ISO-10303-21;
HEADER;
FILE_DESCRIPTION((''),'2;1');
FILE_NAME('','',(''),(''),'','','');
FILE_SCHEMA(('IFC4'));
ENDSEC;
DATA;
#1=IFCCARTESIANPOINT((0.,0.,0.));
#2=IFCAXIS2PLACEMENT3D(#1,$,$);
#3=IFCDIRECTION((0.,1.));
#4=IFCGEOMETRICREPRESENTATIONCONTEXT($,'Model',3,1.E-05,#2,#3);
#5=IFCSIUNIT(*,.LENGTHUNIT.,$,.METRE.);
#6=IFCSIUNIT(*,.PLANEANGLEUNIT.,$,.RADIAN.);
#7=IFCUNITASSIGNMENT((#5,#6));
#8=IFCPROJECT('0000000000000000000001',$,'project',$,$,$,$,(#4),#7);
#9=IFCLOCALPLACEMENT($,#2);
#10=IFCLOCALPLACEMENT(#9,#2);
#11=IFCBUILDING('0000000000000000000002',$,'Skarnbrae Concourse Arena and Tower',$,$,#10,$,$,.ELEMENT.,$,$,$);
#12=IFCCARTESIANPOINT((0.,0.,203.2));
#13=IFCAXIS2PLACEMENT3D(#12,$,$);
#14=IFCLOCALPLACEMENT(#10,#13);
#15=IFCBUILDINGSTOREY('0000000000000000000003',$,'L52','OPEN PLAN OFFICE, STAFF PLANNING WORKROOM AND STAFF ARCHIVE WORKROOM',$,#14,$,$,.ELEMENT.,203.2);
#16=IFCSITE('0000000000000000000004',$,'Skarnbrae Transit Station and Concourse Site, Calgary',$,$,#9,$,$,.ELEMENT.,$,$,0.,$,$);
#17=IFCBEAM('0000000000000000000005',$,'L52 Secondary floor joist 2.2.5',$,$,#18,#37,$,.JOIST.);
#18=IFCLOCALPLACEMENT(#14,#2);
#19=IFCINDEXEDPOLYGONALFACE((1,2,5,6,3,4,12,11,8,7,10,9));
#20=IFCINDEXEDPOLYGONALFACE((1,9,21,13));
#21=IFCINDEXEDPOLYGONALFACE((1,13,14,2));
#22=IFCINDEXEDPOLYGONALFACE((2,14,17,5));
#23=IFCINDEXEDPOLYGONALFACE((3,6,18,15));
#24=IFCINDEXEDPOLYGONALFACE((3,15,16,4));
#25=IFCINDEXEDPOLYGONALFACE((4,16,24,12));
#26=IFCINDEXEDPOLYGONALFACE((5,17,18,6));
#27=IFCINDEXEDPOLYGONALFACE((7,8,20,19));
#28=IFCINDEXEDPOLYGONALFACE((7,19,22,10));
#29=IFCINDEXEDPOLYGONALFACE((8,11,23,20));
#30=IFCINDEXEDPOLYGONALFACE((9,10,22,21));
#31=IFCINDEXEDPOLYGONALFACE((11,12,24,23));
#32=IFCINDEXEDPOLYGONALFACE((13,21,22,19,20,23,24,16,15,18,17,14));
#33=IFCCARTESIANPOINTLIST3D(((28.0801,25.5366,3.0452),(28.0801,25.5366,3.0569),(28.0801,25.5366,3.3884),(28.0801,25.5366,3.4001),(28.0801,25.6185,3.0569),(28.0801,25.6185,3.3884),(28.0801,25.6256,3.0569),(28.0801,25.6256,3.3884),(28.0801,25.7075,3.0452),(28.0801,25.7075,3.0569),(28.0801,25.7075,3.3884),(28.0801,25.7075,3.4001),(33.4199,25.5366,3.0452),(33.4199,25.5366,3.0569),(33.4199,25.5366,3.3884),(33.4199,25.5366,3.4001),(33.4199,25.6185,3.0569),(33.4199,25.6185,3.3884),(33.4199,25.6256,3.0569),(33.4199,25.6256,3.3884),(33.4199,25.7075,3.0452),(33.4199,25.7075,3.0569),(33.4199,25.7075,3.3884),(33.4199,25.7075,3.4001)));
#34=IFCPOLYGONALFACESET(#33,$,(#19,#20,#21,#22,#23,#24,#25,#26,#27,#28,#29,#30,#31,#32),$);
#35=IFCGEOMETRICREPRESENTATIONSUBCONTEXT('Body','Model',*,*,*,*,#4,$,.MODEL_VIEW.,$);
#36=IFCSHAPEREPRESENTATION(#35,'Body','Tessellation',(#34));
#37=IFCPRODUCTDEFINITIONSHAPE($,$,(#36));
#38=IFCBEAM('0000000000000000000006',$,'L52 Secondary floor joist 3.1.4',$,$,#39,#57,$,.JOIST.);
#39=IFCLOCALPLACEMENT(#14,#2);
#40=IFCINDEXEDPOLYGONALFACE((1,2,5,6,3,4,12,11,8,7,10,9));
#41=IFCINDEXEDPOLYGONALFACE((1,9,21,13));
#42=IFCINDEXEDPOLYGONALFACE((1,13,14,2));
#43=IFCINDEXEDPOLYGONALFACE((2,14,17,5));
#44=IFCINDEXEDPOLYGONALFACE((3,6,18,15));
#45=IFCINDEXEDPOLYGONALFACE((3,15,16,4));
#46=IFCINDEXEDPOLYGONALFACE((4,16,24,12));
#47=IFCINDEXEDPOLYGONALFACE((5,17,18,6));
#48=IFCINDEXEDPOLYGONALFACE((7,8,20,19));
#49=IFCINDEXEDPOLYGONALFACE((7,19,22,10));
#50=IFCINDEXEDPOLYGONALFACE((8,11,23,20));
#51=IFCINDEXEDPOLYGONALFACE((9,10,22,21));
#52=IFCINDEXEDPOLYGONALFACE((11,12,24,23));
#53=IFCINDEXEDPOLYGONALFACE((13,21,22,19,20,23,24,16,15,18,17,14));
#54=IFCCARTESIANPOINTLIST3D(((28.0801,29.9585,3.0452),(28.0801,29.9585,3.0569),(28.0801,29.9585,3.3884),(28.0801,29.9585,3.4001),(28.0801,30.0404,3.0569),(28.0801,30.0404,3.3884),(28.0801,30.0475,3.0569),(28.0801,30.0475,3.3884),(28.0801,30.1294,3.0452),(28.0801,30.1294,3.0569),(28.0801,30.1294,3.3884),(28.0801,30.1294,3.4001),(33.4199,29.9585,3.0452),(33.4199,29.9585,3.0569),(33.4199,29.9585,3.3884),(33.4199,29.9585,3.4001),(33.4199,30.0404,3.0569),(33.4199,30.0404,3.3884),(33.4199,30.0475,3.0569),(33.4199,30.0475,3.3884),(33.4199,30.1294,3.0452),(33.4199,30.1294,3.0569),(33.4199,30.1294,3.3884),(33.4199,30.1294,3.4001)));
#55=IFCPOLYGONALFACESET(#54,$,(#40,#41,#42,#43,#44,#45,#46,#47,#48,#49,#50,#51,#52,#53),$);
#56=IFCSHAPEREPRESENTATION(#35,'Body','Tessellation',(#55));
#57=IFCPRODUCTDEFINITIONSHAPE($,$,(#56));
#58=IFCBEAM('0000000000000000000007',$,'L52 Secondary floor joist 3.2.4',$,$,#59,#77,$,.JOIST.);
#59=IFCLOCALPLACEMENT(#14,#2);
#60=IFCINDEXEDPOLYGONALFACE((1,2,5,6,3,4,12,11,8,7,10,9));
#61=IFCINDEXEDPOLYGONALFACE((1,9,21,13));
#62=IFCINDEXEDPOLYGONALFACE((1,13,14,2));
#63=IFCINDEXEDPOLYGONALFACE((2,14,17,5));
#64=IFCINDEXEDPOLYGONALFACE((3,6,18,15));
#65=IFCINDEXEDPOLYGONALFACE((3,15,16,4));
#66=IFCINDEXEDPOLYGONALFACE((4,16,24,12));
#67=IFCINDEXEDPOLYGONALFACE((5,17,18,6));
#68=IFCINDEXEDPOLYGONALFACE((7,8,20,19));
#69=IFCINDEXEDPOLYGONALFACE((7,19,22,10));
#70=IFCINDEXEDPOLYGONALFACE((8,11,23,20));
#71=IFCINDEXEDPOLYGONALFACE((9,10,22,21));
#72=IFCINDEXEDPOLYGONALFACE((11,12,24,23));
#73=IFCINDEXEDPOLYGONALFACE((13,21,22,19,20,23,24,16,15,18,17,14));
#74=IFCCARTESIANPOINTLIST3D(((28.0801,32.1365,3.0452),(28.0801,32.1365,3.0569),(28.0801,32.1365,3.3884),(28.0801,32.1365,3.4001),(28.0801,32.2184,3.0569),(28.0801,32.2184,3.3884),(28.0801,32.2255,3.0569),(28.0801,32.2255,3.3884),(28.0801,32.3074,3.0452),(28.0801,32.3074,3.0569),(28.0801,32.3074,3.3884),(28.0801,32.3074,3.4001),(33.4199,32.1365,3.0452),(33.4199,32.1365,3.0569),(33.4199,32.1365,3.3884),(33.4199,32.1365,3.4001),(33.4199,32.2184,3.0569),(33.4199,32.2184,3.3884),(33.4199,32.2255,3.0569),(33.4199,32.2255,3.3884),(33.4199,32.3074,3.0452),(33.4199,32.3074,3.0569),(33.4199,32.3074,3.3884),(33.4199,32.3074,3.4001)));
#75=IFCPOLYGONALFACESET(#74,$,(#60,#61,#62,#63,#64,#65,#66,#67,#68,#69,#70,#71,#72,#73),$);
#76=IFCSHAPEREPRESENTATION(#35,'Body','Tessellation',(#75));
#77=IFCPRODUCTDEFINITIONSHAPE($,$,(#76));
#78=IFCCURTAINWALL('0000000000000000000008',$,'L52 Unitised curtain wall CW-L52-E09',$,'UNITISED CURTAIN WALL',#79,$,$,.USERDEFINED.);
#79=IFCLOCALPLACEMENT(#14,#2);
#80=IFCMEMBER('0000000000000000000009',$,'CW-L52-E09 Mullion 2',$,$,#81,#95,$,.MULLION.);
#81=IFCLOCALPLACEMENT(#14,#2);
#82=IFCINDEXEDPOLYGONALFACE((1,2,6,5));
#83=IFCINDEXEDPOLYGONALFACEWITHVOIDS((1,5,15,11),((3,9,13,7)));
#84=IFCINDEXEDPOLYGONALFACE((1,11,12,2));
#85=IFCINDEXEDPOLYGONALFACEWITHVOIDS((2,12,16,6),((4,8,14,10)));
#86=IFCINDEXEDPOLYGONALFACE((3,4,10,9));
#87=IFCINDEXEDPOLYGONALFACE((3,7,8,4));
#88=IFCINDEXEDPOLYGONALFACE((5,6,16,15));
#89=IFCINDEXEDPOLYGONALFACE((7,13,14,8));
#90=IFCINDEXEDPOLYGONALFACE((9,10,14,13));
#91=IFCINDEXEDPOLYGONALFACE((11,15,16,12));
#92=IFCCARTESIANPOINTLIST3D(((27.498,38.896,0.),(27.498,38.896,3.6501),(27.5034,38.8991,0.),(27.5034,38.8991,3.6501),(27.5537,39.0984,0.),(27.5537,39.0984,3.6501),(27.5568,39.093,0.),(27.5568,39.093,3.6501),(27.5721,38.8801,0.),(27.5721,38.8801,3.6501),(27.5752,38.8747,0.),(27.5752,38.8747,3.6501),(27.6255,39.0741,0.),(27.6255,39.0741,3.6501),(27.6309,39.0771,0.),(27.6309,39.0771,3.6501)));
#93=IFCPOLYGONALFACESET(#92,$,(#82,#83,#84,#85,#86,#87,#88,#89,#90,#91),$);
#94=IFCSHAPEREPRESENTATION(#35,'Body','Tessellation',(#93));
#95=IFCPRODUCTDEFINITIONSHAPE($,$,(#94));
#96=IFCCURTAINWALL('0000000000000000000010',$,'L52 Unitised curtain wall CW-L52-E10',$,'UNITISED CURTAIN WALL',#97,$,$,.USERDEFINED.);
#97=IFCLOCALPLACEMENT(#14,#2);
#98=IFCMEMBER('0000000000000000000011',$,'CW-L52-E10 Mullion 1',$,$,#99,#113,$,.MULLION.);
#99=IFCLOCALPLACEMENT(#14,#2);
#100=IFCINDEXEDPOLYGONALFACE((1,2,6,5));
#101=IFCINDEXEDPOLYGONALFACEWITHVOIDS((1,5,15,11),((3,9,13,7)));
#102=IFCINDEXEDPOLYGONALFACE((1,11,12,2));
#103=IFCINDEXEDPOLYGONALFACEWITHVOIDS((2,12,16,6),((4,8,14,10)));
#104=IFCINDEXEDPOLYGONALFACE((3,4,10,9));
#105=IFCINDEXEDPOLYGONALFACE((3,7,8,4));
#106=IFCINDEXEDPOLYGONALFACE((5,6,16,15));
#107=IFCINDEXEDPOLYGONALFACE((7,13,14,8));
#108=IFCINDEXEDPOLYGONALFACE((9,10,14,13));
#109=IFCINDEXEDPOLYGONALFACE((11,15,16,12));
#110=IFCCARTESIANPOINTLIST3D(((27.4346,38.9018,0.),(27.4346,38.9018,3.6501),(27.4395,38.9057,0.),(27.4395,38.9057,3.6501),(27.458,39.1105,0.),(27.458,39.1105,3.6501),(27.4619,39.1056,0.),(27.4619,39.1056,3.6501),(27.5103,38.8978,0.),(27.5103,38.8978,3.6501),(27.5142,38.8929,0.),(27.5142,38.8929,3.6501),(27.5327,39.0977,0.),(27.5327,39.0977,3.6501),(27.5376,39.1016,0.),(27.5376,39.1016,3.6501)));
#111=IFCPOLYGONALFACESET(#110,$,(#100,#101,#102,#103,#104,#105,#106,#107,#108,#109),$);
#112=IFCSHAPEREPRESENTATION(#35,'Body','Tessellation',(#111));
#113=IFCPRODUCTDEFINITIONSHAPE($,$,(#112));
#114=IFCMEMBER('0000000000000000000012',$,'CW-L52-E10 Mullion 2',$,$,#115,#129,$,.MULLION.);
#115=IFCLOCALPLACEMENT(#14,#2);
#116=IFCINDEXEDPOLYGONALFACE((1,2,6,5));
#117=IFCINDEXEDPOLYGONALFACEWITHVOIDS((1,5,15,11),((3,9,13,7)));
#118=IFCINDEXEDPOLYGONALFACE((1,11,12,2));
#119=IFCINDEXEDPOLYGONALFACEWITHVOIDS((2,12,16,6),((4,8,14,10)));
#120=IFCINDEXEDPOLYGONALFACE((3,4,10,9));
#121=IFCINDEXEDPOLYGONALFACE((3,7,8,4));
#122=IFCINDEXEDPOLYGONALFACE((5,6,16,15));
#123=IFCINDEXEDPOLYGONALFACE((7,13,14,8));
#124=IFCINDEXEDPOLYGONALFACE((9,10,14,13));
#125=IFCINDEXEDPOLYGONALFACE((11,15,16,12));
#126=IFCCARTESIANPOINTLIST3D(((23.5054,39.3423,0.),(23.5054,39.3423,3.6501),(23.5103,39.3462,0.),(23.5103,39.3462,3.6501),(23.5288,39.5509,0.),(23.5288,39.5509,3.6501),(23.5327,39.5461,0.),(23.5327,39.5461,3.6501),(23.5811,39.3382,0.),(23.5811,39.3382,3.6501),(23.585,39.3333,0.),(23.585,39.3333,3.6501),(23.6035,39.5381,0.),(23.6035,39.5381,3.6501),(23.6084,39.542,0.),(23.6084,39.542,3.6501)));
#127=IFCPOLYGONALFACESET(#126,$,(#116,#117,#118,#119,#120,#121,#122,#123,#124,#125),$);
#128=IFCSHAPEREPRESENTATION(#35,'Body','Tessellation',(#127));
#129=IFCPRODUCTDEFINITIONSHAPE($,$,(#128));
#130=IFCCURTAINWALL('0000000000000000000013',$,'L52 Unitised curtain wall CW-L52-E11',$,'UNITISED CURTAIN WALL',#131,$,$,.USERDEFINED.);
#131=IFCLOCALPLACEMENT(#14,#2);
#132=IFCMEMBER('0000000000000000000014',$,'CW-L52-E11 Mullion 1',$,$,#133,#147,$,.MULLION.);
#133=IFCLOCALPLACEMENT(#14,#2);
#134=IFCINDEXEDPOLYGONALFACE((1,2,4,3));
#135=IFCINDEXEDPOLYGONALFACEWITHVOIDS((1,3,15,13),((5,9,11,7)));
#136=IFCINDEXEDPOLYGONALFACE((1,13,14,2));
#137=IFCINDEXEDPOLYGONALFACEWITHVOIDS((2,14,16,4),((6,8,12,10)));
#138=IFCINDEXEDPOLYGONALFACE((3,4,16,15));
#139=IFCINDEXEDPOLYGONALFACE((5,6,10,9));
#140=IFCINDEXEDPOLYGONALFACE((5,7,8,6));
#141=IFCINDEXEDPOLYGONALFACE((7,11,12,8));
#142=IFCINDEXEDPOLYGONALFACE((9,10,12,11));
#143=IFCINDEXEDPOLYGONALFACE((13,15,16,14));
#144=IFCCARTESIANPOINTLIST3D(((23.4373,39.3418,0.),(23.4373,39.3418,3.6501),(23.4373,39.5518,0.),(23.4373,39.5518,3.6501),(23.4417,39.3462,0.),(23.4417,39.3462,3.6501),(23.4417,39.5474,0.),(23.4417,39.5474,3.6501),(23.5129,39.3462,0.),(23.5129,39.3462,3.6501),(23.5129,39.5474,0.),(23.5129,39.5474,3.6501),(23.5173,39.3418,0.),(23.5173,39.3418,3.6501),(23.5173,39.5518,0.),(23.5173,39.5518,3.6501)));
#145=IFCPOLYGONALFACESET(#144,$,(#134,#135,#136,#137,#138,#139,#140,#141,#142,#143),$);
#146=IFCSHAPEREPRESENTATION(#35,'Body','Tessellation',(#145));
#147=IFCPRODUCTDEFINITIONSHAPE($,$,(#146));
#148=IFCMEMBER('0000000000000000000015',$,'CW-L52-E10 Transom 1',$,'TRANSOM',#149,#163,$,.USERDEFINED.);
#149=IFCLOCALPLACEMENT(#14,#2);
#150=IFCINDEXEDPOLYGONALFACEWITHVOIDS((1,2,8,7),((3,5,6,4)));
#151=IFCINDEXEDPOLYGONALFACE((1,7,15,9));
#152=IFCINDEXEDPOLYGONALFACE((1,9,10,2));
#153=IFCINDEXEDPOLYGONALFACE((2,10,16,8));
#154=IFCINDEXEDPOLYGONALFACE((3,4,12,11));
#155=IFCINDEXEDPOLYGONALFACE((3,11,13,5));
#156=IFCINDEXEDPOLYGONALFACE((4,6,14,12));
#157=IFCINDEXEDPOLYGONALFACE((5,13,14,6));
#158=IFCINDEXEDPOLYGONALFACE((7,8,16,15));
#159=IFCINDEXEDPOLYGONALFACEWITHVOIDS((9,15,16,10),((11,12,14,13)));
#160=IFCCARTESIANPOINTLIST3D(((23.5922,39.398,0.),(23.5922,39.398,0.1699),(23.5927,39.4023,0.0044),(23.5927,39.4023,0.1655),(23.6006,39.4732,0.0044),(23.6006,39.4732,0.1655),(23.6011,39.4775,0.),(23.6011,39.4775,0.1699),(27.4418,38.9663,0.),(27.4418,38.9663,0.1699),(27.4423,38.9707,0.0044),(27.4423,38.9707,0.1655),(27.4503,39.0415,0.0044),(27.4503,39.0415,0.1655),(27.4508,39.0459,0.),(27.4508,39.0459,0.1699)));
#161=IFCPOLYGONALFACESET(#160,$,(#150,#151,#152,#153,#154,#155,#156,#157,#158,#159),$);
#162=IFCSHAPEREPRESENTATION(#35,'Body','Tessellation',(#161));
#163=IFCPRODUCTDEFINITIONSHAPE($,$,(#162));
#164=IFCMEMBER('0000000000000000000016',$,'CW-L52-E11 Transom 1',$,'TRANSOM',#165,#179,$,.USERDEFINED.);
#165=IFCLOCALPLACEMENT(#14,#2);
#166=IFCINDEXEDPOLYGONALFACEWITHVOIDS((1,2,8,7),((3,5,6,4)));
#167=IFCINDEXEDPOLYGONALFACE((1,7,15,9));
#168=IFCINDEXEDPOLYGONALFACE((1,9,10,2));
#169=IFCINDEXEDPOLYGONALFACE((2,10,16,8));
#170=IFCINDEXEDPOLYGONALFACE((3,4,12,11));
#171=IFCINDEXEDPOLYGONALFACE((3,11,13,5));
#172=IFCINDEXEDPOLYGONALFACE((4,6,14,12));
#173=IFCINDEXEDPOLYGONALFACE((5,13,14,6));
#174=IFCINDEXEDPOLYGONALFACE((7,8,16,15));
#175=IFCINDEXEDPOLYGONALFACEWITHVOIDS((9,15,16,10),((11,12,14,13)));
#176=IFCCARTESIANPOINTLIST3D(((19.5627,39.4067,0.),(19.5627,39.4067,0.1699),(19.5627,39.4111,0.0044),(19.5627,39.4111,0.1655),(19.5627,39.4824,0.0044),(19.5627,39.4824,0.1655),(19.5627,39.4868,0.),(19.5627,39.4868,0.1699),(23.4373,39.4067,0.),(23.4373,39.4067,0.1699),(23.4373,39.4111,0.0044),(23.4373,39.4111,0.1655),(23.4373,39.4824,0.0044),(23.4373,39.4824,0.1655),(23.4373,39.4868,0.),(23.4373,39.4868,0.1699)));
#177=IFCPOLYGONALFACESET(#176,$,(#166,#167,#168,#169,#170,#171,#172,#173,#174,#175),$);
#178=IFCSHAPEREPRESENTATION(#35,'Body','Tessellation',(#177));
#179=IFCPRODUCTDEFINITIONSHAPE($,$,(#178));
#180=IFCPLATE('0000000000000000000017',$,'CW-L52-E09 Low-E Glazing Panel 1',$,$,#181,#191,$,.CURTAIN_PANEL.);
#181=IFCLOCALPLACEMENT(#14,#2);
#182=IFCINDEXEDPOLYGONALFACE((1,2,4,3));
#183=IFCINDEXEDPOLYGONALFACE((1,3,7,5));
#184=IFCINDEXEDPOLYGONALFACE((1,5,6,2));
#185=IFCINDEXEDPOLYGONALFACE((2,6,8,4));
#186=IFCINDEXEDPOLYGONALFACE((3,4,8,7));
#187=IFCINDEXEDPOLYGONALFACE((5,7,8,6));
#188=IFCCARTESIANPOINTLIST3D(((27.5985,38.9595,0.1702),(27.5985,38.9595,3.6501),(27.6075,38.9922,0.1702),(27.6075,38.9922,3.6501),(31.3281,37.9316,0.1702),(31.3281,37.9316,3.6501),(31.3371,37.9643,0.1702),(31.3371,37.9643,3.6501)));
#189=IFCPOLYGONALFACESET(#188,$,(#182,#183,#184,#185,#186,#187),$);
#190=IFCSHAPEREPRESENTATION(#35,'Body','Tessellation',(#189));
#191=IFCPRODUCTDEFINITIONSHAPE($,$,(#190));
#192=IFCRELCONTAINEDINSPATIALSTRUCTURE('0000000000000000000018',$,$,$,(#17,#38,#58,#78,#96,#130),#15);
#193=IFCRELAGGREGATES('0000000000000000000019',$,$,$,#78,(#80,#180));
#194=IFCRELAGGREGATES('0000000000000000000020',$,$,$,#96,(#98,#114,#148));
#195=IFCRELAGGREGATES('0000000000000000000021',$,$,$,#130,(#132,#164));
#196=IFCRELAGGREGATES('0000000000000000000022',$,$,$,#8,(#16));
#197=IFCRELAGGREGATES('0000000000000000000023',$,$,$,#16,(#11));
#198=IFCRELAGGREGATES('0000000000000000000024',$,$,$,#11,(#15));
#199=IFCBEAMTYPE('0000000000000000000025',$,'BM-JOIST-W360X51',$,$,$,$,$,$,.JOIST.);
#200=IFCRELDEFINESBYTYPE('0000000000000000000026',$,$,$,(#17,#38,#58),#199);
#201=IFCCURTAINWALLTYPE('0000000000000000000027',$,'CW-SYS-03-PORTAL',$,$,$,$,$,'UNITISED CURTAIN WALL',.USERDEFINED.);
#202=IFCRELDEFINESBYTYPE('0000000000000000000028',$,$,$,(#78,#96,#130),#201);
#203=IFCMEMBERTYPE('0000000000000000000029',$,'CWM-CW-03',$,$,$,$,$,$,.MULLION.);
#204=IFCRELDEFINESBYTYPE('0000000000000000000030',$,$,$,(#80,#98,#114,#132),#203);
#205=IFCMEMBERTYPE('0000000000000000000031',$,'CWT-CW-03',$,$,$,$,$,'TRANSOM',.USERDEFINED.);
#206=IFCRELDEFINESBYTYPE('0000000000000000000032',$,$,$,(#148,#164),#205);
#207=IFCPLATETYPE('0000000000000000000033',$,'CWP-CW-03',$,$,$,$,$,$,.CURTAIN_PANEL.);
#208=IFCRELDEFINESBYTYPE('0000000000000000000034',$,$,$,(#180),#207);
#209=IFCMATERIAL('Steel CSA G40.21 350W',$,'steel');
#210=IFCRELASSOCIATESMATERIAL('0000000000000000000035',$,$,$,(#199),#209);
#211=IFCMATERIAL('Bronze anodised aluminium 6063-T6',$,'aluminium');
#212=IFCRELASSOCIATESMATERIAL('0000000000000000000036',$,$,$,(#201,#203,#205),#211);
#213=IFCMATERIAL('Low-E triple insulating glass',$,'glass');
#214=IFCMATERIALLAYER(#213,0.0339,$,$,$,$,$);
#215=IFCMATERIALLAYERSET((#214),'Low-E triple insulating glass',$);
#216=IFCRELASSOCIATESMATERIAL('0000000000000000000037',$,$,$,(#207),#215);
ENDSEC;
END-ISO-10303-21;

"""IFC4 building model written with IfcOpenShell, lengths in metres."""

from ifc_helpers import new_model, si_unit, direction, frame, origin, origin_2d, place, context, subcontext, project, spatial, rectangle, hollow_rectangle, i_section, extrude, source, transform, mapped, material, layer, layer_set, material_profile, profile_set, type_object, element, aggregate, save


model = new_model("IFC4")

# Units and contexts
model_context = context("Model", 3, precision=1e-05, world=origin(), true_north=direction((0.0, 1.0)))
body_context = subcontext(model_context, "Body", "Model", "MODEL_VIEW")
ifc_project = project(units=[si_unit("LENGTHUNIT", "METRE"), si_unit("PLANEANGLEUNIT", "RADIAN")], contexts=[model_context])

# Site, building, storey
site_placement = place(None, origin())
site = spatial("IfcSite", under=ifc_project, at=site_placement, Name="Skarnbrae Transit Station and Concourse Site, Calgary", CompositionType="ELEMENT", RefElevation=0.0)
building_placement = place(site_placement, origin())
building = spatial("IfcBuilding", under=site, at=building_placement, Name="Skarnbrae Concourse Arena and Tower", CompositionType="ELEMENT")
storey_placement = place(building_placement, frame((0.0, 0.0, 203.2)))
storey = spatial("IfcBuildingStorey", under=building, at=storey_placement, Name="L52", Description="OPEN PLAN OFFICE, STAFF PLANNING WORKROOM AND STAFF ARCHIVE WORKROOM", CompositionType="ELEMENT", Elevation=203.2)

# Shared definitions
ifc_material_1 = material(Name="Steel CSA G40.21 350W", Category="steel")

# Beams
ifc_material_profile_1 = material_profile(ifc_material_1, i_section(OverallWidth=0.1709, OverallDepth=0.355, WebThickness=0.0071, FlangeThickness=0.0117, at=origin_2d()), Name="W360X51")
ifc_profile_set_1 = profile_set([ifc_material_profile_1], Name="Steel CSA G40.21 350W")
beam_type_1 = type_object("IfcBeamType", Name="BM-JOIST-W360X51", PredefinedType="JOIST", material=ifc_profile_set_1)
shared_shape_1 = source(origin(), body_context, "Body", "SweptSolid", [
    extrude(i_section(OverallWidth=0.1709, OverallDepth=0.355, WebThickness=0.0071, FlangeThickness=0.0117, at=origin_2d()), origin(), (0.0, 0.0, 1.0), 5.3398),
])
for number, where, z_axis, x_axis, name in (
    (1, (28.0801, 25.6221, 3.2227), (1.0, 0.0, 0.0), (0.0, 1.0, 0.0), "L52 Secondary floor joist 2.2.5"),
    (2, (28.0801, 30.0439, 3.2227), (1.0, 0.0, 0.0), (0.0, 1.0, 0.0), "L52 Secondary floor joist 3.1.4"),
    (3, (28.0801, 32.2219, 3.2227), (1.0, 0.0, 0.0), (0.0, 1.0, 0.0), "L52 Secondary floor joist 3.2.4"),
):
    element("IfcBeam", number, at=place(storey_placement, frame(where, z_axis=z_axis, x_axis=x_axis)), inside=storey, type_object=beam_type_1, Name=name, PredefinedType="JOIST", context=body_context, shape_type="MappedRepresentation", body=[
        mapped(shared_shape_1, transform((0.0, 0.0, 0.0))),
    ])

# Curtain wall, member
ifc_material_2 = material(Name="Bronze anodised aluminium 6063-T6", Category="aluminium")
curtain_wall_type = type_object("IfcCurtainWallType", Name="CW-SYS-03-PORTAL", ElementType="UNITISED CURTAIN WALL", PredefinedType="USERDEFINED", material=ifc_material_2)
curtain_wall_1_placement = place(storey_placement, origin())
curtain_wall_1 = element("IfcCurtainWall", 4, at=curtain_wall_1_placement, inside=storey, type_object=curtain_wall_type, Name="L52 Unitised curtain wall CW-L52-E09", ObjectType="UNITISED CURTAIN WALL", PredefinedType="USERDEFINED")
ifc_material_profile_2 = material_profile(ifc_material_2, hollow_rectangle(XDim=0.0801, YDim=0.21, WallThickness=0.0044, at=origin_2d()), Name="ALU-MULL-80X210")
ifc_profile_set_2 = profile_set([ifc_material_profile_2], Name="Bronze anodised aluminium 6063-T6")
member_type_1 = type_object("IfcMemberType", Name="CWM-CW-03", PredefinedType="MULLION", material=ifc_profile_set_2)
shared_shape_2 = source(origin(), body_context, "Body", "SweptSolid", [
    extrude(hollow_rectangle(XDim=0.0801, YDim=0.21, WallThickness=0.0044, at=origin_2d()), origin(), (0.0, 0.0, 1.0), 3.6501),
])
member_1_placement = place(storey_placement, frame((27.5645, 38.9866, 0.0), z_axis=(0.0, 0.0, 1.0), x_axis=(-0.964057, 0.265694, 0.0)))
member_1 = element("IfcMember", 5, at=member_1_placement, type_object=member_type_1, Name="CW-L52-E09 Mullion 2", PredefinedType="MULLION", context=body_context, shape_type="MappedRepresentation", body=[
    mapped(shared_shape_2, transform((0.0, 0.0, 0.0))),
])

# Curtain wall, members
curtain_wall_2_placement = place(storey_placement, origin())
curtain_wall_2 = element("IfcCurtainWall", 6, at=curtain_wall_2_placement, inside=storey, type_object=curtain_wall_type, Name="L52 Unitised curtain wall CW-L52-E10", ObjectType="UNITISED CURTAIN WALL", PredefinedType="USERDEFINED")
member_2_placement = place(storey_placement, frame((27.4861, 39.0017, 0.0), z_axis=(0.0, 0.0, 1.0), x_axis=(-0.993769, 0.11146, 0.0)))
member_2 = element("IfcMember", 7, at=member_2_placement, type_object=member_type_1, Name="CW-L52-E10 Mullion 1", PredefinedType="MULLION", context=body_context, shape_type="MappedRepresentation", body=[
    mapped(shared_shape_2, transform((0.0, 0.0, 0.0))),
])
member_3_placement = place(storey_placement, frame((23.5569, 39.4421, 0.0), z_axis=(0.0, 0.0, 1.0), x_axis=(-0.993769, 0.11146, 0.0)))
member_3 = element("IfcMember", 8, at=member_3_placement, type_object=member_type_1, Name="CW-L52-E10 Mullion 2", PredefinedType="MULLION", context=body_context, shape_type="MappedRepresentation", body=[
    mapped(shared_shape_2, transform((0.0, 0.0, 0.0))),
])

# Curtain wall, member
curtain_wall_3_placement = place(storey_placement, origin())
curtain_wall_3 = element("IfcCurtainWall", 9, at=curtain_wall_3_placement, inside=storey, type_object=curtain_wall_type, Name="L52 Unitised curtain wall CW-L52-E11", ObjectType="UNITISED CURTAIN WALL", PredefinedType="USERDEFINED")
member_4_placement = place(storey_placement, frame((23.4773, 39.4468, 0.0), z_axis=(0.0, 0.0, 1.0), x_axis=(-1.0, 0.0, 0.0)))
member_4 = element("IfcMember", 10, at=member_4_placement, type_object=member_type_1, Name="CW-L52-E11 Mullion 1", PredefinedType="MULLION", context=body_context, shape_type="MappedRepresentation", body=[
    mapped(shared_shape_2, transform((0.0, 0.0, 0.0))),
])

# Members
ifc_material_profile_3 = material_profile(ifc_material_2, hollow_rectangle(XDim=0.0801, YDim=0.1699, WallThickness=0.0044, at=origin_2d()), Name="ALU-TRAN-80X170")
ifc_profile_set_3 = profile_set([ifc_material_profile_3], Name="Bronze anodised aluminium 6063-T6")
member_type_2 = type_object("IfcMemberType", Name="CWT-CW-03", ElementType="TRANSOM", PredefinedType="USERDEFINED", material=ifc_profile_set_3)
shared_shape_3 = source(origin(), body_context, "Body", "SweptSolid", [
    extrude(hollow_rectangle(XDim=0.0801, YDim=0.1699, WallThickness=0.0044, at=origin_2d()), origin(), (0.0, 0.0, 1.0), 3.8738),
])
member_5_placement = place(storey_placement, frame((27.4463, 39.0061, 0.085), z_axis=(-0.993773, 0.111428, 0.0), x_axis=(-0.111428, -0.993773, 0.0)))
member_5 = element("IfcMember", 11, at=member_5_placement, type_object=member_type_2, Name="CW-L52-E10 Transom 1", ObjectType="TRANSOM", PredefinedType="USERDEFINED", context=body_context, shape_type="MappedRepresentation", body=[
    mapped(shared_shape_3, transform((0.0, 0.0, 0.0))),
])
shared_shape_4 = source(origin(), body_context, "Body", "SweptSolid", [
    extrude(hollow_rectangle(XDim=0.0801, YDim=0.1699, WallThickness=0.0044, at=origin_2d()), origin(), (0.0, 0.0, 1.0), 3.8745),
])
member_6_placement = place(storey_placement, frame((23.4373, 39.4468, 0.085), z_axis=(-1.0, 0.0, 0.0), x_axis=(0.0, -1.0, 0.0)))
member_6 = element("IfcMember", 12, at=member_6_placement, type_object=member_type_2, Name="CW-L52-E11 Transom 1", ObjectType="TRANSOM", PredefinedType="USERDEFINED", context=body_context, shape_type="MappedRepresentation", body=[
    mapped(shared_shape_4, transform((0.0, 0.0, 0.0))),
])

# Plate
ifc_material_3 = material(Name="Low-E triple insulating glass", Category="glass")
ifc_layer_1 = layer(ifc_material_3, 0.0339)
ifc_layer_set_1 = layer_set([ifc_layer_1], Name="Low-E triple insulating glass")
plate_type = type_object("IfcPlateType", Name="CWP-CW-03", PredefinedType="CURTAIN_PANEL", material=ifc_layer_set_1)
shared_shape_5 = source(origin(), body_context, "Body", "SweptSolid", [
    extrude(rectangle(XDim=3.8687, YDim=0.0339, at=origin_2d()), origin(), (0.0, 0.0, 1.0), 3.48),
])
plate_1_placement = place(storey_placement, frame((29.4678, 38.4619, 0.1702), z_axis=(0.0, 0.0, 1.0), x_axis=(-0.964057, 0.265694, 0.0)))
plate_1 = element("IfcPlate", 13, at=plate_1_placement, type_object=plate_type, Name="CW-L52-E09 Low-E Glazing Panel 1", PredefinedType="CURTAIN_PANEL", context=body_context, shape_type="MappedRepresentation", body=[
    mapped(shared_shape_5, transform((0.0, 0.0, 0.0))),
])
aggregate(curtain_wall_1, [member_1, plate_1])
aggregate(curtain_wall_2, [member_2, member_3, member_5])
aggregate(curtain_wall_3, [member_4, member_6])

save(model, "model.ifc")
